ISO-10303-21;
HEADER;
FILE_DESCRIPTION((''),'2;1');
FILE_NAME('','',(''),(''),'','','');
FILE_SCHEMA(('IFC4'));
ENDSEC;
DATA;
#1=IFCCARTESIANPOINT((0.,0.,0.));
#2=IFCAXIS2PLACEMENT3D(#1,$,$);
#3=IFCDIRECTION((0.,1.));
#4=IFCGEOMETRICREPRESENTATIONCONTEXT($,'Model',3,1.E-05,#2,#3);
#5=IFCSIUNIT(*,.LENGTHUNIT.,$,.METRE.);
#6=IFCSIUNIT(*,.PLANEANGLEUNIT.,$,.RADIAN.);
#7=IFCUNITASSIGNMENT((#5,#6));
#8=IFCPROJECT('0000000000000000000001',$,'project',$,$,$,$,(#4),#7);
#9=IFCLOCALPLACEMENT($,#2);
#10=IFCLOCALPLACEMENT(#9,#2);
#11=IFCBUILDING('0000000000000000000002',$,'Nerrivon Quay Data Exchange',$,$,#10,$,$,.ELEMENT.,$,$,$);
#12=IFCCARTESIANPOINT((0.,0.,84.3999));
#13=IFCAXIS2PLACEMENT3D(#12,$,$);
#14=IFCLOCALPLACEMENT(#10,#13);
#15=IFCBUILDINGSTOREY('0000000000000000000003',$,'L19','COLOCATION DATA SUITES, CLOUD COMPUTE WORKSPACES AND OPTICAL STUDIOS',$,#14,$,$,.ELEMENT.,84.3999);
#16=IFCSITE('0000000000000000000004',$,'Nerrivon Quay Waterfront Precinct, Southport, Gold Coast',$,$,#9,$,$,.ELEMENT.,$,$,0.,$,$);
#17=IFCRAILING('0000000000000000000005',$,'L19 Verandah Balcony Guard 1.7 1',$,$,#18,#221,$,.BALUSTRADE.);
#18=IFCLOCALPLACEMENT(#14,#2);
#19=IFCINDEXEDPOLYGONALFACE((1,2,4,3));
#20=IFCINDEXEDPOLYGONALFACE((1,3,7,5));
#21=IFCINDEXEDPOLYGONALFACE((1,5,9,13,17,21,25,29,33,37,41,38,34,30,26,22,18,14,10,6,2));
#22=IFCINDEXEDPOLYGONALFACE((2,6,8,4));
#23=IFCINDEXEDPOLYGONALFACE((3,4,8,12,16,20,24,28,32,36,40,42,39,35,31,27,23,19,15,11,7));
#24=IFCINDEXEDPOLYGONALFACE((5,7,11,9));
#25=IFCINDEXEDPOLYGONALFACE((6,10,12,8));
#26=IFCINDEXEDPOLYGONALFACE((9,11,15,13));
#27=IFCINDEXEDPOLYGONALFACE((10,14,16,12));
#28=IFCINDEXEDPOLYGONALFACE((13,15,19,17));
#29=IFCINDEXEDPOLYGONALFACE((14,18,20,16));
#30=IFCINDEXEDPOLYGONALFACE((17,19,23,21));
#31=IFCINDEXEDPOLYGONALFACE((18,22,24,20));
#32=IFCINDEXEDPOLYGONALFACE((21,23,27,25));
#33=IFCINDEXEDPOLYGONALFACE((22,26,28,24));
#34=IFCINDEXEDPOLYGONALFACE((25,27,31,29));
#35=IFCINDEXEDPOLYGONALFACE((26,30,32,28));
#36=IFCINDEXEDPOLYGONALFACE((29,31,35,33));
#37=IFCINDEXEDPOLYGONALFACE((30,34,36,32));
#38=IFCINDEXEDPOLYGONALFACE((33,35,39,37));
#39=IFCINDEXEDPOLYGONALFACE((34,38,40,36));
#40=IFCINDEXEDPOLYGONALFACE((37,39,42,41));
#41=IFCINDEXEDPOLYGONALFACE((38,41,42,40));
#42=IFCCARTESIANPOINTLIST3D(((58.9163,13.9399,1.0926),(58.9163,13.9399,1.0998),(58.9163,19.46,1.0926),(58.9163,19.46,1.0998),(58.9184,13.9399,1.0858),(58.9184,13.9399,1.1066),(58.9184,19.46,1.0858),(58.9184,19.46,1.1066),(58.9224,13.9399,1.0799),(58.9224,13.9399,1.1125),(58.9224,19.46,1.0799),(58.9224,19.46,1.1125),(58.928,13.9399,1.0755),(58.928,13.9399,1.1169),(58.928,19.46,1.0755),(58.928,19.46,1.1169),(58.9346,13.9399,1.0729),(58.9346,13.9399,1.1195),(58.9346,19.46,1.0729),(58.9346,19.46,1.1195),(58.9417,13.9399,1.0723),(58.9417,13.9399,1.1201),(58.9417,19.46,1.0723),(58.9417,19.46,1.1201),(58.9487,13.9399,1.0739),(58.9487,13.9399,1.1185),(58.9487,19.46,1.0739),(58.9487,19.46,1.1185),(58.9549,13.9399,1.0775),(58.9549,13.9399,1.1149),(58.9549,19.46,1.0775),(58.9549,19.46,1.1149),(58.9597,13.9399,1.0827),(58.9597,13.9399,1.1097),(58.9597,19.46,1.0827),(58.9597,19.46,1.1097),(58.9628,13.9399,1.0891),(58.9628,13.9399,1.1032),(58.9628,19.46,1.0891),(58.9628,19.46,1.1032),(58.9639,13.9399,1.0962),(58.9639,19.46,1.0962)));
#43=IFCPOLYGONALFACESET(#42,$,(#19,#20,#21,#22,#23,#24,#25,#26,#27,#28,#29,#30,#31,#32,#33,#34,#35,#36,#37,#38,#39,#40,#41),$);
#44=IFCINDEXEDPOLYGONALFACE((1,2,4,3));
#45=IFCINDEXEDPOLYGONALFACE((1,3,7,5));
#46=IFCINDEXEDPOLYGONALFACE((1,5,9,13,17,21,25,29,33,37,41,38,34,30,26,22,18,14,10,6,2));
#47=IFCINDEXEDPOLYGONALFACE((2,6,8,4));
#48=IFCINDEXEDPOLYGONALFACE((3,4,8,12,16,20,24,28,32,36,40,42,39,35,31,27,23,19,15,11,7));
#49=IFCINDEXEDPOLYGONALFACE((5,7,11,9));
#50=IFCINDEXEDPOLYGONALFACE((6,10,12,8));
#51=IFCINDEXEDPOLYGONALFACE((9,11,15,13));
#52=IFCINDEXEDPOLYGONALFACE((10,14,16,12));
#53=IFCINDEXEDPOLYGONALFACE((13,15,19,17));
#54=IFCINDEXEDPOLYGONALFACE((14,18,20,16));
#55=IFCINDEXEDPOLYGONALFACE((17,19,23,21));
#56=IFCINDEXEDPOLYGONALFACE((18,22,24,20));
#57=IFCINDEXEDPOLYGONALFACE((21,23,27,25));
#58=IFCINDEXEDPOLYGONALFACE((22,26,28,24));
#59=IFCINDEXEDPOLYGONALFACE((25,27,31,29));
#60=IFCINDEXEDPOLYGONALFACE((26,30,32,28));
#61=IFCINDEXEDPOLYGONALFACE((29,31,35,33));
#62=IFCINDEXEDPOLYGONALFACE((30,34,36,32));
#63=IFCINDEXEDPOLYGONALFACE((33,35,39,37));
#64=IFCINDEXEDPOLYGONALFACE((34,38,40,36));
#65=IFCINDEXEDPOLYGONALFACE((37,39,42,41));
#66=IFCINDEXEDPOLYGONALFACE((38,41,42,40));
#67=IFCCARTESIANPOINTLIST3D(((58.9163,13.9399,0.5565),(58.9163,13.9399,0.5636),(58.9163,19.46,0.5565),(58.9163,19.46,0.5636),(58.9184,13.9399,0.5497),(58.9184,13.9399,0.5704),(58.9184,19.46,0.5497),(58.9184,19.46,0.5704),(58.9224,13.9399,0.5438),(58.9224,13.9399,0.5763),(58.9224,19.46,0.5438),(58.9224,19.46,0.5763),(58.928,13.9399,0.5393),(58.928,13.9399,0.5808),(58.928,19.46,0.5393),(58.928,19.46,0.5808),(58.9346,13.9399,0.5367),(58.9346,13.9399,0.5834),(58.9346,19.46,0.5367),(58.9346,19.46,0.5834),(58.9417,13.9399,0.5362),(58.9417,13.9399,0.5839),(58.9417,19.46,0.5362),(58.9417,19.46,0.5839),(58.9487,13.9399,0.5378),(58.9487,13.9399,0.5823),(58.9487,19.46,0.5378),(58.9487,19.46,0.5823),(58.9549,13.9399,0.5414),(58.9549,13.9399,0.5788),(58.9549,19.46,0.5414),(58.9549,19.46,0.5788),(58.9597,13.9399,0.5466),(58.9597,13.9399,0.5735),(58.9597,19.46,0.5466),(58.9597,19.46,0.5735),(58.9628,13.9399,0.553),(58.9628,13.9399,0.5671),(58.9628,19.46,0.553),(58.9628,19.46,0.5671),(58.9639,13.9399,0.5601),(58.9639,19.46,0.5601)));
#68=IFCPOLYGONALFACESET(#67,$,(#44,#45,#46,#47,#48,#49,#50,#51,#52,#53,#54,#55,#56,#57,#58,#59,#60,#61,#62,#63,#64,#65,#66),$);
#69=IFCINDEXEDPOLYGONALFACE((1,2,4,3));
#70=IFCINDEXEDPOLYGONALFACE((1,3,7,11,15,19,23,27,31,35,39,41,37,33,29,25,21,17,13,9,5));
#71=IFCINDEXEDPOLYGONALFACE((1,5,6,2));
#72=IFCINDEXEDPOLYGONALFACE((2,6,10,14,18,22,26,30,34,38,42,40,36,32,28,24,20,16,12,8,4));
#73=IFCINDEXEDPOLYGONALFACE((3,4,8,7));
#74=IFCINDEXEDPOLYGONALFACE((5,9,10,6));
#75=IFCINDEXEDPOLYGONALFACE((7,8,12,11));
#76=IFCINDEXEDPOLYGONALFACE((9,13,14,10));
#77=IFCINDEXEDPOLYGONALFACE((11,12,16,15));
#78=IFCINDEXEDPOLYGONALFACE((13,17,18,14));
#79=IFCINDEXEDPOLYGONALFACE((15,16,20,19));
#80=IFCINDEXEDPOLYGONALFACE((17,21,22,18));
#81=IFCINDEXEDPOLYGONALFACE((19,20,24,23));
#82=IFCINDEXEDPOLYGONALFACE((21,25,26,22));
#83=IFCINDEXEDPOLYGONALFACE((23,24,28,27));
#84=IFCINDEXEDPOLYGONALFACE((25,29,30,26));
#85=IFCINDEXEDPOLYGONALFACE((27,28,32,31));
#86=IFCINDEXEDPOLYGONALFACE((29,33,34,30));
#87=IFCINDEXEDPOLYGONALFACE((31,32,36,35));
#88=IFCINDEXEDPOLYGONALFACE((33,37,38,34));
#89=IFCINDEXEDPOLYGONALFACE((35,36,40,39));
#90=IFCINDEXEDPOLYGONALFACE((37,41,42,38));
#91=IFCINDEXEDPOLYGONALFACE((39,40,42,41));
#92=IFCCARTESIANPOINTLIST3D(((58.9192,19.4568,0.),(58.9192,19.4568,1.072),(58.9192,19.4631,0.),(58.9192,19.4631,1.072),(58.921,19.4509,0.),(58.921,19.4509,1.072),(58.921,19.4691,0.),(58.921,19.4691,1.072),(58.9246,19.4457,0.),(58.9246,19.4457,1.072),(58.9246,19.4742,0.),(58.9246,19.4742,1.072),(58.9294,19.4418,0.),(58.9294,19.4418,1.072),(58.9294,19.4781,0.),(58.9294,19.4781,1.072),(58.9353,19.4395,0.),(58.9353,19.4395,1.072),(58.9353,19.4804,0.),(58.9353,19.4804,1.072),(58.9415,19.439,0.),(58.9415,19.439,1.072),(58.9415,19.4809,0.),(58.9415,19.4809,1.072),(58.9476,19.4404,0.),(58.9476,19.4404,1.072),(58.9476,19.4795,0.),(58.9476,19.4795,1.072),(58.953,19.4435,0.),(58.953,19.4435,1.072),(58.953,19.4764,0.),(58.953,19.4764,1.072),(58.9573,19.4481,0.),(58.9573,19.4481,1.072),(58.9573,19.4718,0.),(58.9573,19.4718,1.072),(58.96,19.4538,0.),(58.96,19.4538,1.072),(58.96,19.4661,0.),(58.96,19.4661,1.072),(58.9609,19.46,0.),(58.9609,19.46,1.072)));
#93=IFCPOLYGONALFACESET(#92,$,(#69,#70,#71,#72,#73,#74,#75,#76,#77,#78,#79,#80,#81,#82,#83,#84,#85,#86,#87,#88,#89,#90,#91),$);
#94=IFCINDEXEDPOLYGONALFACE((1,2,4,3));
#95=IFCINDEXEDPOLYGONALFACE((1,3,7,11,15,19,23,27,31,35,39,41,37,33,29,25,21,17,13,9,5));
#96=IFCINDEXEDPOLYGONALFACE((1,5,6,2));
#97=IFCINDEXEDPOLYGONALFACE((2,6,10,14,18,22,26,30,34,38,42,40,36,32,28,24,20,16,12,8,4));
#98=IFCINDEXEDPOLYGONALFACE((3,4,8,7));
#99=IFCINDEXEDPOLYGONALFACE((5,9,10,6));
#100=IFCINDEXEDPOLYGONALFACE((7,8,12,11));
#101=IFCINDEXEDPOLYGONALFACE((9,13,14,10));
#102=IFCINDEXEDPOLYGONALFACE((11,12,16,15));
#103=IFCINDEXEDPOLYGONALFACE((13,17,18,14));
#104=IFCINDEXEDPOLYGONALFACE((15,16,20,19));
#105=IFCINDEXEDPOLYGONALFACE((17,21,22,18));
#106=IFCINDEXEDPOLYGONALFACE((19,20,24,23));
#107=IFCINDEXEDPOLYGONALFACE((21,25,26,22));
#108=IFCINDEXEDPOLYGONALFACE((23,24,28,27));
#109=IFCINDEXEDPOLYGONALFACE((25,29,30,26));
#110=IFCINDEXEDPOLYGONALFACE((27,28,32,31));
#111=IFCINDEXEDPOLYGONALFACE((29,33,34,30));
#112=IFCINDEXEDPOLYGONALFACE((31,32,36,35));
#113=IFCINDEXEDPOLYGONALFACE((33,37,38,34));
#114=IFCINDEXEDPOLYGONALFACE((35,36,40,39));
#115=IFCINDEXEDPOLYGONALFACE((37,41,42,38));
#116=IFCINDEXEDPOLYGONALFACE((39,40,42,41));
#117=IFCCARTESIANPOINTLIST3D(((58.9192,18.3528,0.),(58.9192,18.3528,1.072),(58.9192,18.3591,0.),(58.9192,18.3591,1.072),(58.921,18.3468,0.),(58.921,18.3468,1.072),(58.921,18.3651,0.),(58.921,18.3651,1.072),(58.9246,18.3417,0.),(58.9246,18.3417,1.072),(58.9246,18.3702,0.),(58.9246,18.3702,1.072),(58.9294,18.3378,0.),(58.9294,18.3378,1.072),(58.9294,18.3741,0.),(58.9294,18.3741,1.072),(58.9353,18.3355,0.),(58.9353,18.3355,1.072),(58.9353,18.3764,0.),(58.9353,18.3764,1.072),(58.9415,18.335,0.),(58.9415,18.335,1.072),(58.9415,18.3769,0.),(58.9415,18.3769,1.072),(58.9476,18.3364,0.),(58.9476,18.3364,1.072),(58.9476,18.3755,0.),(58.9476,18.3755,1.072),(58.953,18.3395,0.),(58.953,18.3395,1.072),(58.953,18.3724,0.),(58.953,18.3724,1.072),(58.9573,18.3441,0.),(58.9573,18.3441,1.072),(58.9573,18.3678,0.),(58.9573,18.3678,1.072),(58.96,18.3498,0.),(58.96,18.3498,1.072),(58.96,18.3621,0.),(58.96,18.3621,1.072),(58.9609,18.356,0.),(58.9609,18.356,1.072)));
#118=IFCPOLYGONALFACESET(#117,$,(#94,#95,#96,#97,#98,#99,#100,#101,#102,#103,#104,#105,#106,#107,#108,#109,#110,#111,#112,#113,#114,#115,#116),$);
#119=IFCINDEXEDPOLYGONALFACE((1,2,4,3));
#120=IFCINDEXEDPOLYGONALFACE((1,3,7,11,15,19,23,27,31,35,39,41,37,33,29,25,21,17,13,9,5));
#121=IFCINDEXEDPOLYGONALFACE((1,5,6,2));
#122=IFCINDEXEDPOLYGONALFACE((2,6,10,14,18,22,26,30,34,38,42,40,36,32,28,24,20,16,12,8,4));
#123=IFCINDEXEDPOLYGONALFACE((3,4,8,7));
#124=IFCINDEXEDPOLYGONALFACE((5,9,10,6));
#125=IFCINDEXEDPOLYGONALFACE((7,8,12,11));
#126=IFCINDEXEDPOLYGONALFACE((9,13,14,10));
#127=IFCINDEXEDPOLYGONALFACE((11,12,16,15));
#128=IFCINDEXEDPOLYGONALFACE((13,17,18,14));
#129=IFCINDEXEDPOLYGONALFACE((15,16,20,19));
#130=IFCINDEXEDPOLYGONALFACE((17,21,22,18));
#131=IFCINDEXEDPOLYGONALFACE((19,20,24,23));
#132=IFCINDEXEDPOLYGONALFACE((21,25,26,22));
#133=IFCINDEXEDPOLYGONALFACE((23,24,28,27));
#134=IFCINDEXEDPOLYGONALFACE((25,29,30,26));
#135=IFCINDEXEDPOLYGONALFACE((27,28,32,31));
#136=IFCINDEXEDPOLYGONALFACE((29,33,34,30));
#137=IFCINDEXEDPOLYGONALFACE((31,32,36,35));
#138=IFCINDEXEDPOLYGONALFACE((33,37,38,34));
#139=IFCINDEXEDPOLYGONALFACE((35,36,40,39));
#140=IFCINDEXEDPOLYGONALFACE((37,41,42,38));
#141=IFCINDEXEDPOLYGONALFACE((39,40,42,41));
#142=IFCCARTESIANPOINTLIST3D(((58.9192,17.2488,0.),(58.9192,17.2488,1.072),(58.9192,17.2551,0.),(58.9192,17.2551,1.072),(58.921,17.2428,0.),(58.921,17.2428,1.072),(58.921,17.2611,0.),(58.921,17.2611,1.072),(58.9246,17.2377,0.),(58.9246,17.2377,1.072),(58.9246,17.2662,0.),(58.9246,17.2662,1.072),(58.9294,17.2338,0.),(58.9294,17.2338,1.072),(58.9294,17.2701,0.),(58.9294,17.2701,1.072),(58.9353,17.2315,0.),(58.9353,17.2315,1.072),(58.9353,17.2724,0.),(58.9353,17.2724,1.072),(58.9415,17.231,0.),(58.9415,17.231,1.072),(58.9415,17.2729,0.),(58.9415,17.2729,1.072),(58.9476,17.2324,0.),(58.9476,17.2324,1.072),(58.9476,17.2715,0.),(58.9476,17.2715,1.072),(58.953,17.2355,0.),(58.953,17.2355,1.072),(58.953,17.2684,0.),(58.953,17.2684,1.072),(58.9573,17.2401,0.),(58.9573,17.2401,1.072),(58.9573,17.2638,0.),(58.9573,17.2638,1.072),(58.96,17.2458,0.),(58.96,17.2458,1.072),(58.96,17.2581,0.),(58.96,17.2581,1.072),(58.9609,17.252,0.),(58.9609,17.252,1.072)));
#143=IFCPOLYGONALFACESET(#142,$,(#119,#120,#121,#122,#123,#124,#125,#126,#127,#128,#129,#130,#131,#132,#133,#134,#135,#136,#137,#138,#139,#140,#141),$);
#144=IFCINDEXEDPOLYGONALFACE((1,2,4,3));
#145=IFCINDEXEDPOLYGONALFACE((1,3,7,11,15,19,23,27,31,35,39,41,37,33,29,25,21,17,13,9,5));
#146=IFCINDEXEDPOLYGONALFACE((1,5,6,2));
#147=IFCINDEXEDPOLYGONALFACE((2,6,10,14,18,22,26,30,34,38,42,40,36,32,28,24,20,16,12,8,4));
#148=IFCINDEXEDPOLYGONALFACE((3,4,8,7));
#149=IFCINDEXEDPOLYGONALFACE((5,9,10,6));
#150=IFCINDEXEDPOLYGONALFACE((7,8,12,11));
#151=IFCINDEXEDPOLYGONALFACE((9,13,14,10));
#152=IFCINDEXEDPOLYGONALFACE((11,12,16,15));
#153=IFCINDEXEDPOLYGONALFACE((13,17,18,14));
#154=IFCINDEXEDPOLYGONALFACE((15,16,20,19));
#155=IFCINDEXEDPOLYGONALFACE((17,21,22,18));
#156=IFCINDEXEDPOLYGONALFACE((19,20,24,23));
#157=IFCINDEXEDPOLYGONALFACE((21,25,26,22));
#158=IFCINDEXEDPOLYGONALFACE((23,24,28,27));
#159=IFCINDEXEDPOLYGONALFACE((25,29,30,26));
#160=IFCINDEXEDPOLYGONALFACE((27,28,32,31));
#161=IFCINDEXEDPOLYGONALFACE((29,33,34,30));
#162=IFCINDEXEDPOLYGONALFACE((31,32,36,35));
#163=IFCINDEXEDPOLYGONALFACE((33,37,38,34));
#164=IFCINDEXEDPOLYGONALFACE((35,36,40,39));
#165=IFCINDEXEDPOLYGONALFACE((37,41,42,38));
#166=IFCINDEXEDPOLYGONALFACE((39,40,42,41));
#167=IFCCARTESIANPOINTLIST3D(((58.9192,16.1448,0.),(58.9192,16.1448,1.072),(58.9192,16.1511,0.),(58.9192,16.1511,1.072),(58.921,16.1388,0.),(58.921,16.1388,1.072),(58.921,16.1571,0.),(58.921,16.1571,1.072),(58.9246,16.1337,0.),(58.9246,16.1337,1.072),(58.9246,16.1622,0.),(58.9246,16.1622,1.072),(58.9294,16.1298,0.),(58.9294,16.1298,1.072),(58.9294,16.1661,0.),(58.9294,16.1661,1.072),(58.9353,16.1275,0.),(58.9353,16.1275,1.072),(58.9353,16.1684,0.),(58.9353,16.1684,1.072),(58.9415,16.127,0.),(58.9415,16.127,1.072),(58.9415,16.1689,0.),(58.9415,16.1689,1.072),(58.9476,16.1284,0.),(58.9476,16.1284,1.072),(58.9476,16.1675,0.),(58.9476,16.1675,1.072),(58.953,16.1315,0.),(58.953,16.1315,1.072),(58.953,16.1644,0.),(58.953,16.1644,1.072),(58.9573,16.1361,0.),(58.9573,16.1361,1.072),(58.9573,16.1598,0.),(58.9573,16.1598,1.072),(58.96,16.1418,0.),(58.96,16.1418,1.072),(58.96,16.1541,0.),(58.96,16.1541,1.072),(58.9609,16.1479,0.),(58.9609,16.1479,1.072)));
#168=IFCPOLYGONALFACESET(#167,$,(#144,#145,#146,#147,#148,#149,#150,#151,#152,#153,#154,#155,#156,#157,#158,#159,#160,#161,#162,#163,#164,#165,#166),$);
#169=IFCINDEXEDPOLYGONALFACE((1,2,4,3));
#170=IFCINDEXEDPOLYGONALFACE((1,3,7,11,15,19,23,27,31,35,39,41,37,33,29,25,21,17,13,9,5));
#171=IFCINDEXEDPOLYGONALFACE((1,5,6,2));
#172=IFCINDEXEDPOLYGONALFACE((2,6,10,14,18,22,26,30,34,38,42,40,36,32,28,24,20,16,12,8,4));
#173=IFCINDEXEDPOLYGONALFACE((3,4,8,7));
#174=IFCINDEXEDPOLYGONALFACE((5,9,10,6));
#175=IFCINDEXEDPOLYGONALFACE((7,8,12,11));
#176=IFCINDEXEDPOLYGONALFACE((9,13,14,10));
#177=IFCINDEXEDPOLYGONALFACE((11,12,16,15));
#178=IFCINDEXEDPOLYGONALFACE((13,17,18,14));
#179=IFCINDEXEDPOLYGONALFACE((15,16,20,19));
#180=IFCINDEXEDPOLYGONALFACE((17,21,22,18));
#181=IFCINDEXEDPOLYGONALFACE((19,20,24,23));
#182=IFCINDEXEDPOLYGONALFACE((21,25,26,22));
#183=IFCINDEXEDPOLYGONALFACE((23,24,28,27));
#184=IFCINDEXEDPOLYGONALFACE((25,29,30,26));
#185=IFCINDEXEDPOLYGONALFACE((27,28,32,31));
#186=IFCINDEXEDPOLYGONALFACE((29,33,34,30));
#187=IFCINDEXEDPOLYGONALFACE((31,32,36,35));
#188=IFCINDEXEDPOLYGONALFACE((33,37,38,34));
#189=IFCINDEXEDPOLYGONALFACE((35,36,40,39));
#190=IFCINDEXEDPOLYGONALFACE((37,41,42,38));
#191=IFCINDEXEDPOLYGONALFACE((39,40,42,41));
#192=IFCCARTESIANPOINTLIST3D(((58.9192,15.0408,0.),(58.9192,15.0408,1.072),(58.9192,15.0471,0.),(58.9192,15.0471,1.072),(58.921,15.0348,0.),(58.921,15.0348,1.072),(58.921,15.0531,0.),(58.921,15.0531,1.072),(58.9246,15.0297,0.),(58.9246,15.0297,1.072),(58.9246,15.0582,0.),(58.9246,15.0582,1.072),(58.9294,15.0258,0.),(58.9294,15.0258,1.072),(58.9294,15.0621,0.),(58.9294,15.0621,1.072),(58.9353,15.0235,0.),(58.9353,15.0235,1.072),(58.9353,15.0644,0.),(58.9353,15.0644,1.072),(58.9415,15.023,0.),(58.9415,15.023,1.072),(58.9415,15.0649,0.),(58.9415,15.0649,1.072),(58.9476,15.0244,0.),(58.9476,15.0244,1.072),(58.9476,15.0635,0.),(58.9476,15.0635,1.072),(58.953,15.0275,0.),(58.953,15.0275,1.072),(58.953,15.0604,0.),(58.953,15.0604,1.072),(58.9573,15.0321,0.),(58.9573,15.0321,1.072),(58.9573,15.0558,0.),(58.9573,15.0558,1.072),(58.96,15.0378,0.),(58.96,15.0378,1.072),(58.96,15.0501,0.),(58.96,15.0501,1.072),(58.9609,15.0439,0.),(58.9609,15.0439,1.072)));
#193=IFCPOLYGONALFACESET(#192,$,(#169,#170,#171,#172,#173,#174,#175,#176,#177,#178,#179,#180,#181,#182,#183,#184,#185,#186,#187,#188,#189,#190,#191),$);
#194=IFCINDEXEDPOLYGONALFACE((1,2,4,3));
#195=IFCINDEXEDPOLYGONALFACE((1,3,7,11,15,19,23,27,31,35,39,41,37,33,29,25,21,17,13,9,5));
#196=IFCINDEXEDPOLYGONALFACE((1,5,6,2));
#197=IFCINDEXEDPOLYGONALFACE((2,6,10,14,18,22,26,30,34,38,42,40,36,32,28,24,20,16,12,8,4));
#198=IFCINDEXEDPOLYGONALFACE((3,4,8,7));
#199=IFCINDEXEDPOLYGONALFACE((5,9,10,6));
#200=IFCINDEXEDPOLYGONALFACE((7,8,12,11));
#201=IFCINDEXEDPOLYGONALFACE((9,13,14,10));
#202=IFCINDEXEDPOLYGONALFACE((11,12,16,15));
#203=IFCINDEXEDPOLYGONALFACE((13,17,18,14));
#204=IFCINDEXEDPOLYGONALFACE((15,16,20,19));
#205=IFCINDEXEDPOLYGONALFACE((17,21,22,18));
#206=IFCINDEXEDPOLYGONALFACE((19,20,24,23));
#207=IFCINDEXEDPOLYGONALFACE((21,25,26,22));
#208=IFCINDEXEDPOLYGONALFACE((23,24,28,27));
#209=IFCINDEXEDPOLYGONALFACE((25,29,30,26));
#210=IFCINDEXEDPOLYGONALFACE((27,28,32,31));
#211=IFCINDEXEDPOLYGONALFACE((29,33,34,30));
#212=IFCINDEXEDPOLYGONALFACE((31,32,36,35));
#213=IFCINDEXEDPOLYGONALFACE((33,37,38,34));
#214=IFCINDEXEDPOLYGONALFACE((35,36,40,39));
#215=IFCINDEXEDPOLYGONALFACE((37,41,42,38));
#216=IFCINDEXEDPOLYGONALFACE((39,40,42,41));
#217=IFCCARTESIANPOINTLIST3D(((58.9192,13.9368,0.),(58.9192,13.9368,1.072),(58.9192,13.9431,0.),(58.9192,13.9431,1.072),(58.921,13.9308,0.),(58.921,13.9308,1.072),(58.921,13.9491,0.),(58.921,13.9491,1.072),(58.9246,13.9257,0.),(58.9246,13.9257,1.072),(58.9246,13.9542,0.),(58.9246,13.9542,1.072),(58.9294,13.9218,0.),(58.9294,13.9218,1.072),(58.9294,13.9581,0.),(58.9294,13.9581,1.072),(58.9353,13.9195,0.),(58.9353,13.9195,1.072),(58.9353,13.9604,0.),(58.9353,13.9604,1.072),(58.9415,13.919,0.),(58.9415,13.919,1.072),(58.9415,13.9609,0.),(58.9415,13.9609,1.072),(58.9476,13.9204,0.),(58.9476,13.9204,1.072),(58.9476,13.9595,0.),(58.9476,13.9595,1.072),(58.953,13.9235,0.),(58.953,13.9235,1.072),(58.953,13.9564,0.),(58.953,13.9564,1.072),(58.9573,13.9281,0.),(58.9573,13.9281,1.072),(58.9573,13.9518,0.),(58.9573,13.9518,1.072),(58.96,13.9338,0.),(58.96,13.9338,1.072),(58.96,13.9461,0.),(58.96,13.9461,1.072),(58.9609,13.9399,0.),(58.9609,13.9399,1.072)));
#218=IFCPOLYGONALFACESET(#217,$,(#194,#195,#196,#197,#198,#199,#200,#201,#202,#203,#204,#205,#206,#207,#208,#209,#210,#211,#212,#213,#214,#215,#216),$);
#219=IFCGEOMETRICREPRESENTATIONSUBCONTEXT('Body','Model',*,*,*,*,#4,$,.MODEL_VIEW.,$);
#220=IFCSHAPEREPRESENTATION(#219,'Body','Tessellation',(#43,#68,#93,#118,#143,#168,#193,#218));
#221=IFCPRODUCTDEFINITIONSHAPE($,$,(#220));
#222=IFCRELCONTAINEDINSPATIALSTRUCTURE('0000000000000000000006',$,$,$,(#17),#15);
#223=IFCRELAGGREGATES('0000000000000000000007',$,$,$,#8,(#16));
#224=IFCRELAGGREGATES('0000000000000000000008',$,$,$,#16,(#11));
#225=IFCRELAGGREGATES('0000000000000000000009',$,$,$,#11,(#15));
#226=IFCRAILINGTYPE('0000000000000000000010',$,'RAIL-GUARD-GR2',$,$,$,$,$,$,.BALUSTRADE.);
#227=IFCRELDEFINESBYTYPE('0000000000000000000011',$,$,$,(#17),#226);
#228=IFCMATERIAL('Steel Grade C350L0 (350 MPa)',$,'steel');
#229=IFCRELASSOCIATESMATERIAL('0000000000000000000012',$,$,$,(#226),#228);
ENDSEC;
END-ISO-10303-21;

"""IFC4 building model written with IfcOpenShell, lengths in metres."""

from ifc_helpers import new_model, si_unit, direction, frame, origin, origin_2d, place, context, subcontext, project, spatial, circle, extrude, material, type_object, element, save


model = new_model("IFC4")

# Units and contexts
model_context = context("Model", 3, precision=1e-05, world=origin(), true_north=direction((0.0, 1.0)))
body_context = subcontext(model_context, "Body", "Model", "MODEL_VIEW")
ifc_project = project(units=[si_unit("LENGTHUNIT", "METRE"), si_unit("PLANEANGLEUNIT", "RADIAN")], contexts=[model_context])

# Site, building, storey
site_placement = place(None, origin())
site = spatial("IfcSite", under=ifc_project, at=site_placement, Name="Nerrivon Quay Waterfront Precinct, Southport, Gold Coast", CompositionType="ELEMENT", RefElevation=0.0)
building_placement = place(site_placement, origin())
building = spatial("IfcBuilding", under=site, at=building_placement, Name="Nerrivon Quay Data Exchange", CompositionType="ELEMENT")
storey_placement = place(building_placement, frame((0.0, 0.0, 84.3999)))
storey = spatial("IfcBuildingStorey", under=building, at=storey_placement, Name="L19", Description="COLOCATION DATA SUITES, CLOUD COMPUTE WORKSPACES AND OPTICAL STUDIOS", CompositionType="ELEMENT", Elevation=84.3999)

# Railing
ifc_material_1 = material(Name="Steel Grade C350L0 (350 MPa)", Category="steel")
railing_type = type_object("IfcRailingType", Name="RAIL-GUARD-GR2", PredefinedType="BALUSTRADE", material=ifc_material_1)
railing_1_placement = place(storey_placement, frame((58.9399, 19.46, 0.0)))
element("IfcRailing", 1, at=railing_1_placement, inside=storey, type_object=railing_type, Name="L19 Verandah Balcony Guard 1.7 1", PredefinedType="BALUSTRADE", context=body_context, shape_type="SweptSolid", body=[
    extrude(circle(Radius=0.0239, at=origin_2d()), frame((0.0, 0.0, 1.0962), z_axis=(0.0, -1.0, 0.0), x_axis=(1.0, 0.0, 0.0)), (0.0, 0.0, 1.0), 5.52),
    extrude(circle(Radius=0.0239, at=origin_2d()), frame((0.0, 0.0, 0.5601), z_axis=(0.0, -1.0, 0.0), x_axis=(1.0, 0.0, 0.0)), (0.0, 0.0, 1.0), 5.52),
    extrude(circle(Radius=0.021, at=origin_2d()), origin(), (0.0, 0.0, 1.0), 1.072),
    extrude(circle(Radius=0.021, at=origin_2d()), frame((0.0, -1.104, 0.0)), (0.0, 0.0, 1.0), 1.072),
    extrude(circle(Radius=0.021, at=origin_2d()), frame((0.0, -2.208, 0.0)), (0.0, 0.0, 1.0), 1.072),
    extrude(circle(Radius=0.021, at=origin_2d()), frame((0.0, -3.312, 0.0)), (0.0, 0.0, 1.0), 1.072),
    extrude(circle(Radius=0.021, at=origin_2d()), frame((0.0, -4.416, 0.0)), (0.0, 0.0, 1.0), 1.072),
    extrude(circle(Radius=0.021, at=origin_2d()), frame((0.0, -5.52, 0.0)), (0.0, 0.0, 1.0), 1.072),
])

save(model, "model.ifc")
